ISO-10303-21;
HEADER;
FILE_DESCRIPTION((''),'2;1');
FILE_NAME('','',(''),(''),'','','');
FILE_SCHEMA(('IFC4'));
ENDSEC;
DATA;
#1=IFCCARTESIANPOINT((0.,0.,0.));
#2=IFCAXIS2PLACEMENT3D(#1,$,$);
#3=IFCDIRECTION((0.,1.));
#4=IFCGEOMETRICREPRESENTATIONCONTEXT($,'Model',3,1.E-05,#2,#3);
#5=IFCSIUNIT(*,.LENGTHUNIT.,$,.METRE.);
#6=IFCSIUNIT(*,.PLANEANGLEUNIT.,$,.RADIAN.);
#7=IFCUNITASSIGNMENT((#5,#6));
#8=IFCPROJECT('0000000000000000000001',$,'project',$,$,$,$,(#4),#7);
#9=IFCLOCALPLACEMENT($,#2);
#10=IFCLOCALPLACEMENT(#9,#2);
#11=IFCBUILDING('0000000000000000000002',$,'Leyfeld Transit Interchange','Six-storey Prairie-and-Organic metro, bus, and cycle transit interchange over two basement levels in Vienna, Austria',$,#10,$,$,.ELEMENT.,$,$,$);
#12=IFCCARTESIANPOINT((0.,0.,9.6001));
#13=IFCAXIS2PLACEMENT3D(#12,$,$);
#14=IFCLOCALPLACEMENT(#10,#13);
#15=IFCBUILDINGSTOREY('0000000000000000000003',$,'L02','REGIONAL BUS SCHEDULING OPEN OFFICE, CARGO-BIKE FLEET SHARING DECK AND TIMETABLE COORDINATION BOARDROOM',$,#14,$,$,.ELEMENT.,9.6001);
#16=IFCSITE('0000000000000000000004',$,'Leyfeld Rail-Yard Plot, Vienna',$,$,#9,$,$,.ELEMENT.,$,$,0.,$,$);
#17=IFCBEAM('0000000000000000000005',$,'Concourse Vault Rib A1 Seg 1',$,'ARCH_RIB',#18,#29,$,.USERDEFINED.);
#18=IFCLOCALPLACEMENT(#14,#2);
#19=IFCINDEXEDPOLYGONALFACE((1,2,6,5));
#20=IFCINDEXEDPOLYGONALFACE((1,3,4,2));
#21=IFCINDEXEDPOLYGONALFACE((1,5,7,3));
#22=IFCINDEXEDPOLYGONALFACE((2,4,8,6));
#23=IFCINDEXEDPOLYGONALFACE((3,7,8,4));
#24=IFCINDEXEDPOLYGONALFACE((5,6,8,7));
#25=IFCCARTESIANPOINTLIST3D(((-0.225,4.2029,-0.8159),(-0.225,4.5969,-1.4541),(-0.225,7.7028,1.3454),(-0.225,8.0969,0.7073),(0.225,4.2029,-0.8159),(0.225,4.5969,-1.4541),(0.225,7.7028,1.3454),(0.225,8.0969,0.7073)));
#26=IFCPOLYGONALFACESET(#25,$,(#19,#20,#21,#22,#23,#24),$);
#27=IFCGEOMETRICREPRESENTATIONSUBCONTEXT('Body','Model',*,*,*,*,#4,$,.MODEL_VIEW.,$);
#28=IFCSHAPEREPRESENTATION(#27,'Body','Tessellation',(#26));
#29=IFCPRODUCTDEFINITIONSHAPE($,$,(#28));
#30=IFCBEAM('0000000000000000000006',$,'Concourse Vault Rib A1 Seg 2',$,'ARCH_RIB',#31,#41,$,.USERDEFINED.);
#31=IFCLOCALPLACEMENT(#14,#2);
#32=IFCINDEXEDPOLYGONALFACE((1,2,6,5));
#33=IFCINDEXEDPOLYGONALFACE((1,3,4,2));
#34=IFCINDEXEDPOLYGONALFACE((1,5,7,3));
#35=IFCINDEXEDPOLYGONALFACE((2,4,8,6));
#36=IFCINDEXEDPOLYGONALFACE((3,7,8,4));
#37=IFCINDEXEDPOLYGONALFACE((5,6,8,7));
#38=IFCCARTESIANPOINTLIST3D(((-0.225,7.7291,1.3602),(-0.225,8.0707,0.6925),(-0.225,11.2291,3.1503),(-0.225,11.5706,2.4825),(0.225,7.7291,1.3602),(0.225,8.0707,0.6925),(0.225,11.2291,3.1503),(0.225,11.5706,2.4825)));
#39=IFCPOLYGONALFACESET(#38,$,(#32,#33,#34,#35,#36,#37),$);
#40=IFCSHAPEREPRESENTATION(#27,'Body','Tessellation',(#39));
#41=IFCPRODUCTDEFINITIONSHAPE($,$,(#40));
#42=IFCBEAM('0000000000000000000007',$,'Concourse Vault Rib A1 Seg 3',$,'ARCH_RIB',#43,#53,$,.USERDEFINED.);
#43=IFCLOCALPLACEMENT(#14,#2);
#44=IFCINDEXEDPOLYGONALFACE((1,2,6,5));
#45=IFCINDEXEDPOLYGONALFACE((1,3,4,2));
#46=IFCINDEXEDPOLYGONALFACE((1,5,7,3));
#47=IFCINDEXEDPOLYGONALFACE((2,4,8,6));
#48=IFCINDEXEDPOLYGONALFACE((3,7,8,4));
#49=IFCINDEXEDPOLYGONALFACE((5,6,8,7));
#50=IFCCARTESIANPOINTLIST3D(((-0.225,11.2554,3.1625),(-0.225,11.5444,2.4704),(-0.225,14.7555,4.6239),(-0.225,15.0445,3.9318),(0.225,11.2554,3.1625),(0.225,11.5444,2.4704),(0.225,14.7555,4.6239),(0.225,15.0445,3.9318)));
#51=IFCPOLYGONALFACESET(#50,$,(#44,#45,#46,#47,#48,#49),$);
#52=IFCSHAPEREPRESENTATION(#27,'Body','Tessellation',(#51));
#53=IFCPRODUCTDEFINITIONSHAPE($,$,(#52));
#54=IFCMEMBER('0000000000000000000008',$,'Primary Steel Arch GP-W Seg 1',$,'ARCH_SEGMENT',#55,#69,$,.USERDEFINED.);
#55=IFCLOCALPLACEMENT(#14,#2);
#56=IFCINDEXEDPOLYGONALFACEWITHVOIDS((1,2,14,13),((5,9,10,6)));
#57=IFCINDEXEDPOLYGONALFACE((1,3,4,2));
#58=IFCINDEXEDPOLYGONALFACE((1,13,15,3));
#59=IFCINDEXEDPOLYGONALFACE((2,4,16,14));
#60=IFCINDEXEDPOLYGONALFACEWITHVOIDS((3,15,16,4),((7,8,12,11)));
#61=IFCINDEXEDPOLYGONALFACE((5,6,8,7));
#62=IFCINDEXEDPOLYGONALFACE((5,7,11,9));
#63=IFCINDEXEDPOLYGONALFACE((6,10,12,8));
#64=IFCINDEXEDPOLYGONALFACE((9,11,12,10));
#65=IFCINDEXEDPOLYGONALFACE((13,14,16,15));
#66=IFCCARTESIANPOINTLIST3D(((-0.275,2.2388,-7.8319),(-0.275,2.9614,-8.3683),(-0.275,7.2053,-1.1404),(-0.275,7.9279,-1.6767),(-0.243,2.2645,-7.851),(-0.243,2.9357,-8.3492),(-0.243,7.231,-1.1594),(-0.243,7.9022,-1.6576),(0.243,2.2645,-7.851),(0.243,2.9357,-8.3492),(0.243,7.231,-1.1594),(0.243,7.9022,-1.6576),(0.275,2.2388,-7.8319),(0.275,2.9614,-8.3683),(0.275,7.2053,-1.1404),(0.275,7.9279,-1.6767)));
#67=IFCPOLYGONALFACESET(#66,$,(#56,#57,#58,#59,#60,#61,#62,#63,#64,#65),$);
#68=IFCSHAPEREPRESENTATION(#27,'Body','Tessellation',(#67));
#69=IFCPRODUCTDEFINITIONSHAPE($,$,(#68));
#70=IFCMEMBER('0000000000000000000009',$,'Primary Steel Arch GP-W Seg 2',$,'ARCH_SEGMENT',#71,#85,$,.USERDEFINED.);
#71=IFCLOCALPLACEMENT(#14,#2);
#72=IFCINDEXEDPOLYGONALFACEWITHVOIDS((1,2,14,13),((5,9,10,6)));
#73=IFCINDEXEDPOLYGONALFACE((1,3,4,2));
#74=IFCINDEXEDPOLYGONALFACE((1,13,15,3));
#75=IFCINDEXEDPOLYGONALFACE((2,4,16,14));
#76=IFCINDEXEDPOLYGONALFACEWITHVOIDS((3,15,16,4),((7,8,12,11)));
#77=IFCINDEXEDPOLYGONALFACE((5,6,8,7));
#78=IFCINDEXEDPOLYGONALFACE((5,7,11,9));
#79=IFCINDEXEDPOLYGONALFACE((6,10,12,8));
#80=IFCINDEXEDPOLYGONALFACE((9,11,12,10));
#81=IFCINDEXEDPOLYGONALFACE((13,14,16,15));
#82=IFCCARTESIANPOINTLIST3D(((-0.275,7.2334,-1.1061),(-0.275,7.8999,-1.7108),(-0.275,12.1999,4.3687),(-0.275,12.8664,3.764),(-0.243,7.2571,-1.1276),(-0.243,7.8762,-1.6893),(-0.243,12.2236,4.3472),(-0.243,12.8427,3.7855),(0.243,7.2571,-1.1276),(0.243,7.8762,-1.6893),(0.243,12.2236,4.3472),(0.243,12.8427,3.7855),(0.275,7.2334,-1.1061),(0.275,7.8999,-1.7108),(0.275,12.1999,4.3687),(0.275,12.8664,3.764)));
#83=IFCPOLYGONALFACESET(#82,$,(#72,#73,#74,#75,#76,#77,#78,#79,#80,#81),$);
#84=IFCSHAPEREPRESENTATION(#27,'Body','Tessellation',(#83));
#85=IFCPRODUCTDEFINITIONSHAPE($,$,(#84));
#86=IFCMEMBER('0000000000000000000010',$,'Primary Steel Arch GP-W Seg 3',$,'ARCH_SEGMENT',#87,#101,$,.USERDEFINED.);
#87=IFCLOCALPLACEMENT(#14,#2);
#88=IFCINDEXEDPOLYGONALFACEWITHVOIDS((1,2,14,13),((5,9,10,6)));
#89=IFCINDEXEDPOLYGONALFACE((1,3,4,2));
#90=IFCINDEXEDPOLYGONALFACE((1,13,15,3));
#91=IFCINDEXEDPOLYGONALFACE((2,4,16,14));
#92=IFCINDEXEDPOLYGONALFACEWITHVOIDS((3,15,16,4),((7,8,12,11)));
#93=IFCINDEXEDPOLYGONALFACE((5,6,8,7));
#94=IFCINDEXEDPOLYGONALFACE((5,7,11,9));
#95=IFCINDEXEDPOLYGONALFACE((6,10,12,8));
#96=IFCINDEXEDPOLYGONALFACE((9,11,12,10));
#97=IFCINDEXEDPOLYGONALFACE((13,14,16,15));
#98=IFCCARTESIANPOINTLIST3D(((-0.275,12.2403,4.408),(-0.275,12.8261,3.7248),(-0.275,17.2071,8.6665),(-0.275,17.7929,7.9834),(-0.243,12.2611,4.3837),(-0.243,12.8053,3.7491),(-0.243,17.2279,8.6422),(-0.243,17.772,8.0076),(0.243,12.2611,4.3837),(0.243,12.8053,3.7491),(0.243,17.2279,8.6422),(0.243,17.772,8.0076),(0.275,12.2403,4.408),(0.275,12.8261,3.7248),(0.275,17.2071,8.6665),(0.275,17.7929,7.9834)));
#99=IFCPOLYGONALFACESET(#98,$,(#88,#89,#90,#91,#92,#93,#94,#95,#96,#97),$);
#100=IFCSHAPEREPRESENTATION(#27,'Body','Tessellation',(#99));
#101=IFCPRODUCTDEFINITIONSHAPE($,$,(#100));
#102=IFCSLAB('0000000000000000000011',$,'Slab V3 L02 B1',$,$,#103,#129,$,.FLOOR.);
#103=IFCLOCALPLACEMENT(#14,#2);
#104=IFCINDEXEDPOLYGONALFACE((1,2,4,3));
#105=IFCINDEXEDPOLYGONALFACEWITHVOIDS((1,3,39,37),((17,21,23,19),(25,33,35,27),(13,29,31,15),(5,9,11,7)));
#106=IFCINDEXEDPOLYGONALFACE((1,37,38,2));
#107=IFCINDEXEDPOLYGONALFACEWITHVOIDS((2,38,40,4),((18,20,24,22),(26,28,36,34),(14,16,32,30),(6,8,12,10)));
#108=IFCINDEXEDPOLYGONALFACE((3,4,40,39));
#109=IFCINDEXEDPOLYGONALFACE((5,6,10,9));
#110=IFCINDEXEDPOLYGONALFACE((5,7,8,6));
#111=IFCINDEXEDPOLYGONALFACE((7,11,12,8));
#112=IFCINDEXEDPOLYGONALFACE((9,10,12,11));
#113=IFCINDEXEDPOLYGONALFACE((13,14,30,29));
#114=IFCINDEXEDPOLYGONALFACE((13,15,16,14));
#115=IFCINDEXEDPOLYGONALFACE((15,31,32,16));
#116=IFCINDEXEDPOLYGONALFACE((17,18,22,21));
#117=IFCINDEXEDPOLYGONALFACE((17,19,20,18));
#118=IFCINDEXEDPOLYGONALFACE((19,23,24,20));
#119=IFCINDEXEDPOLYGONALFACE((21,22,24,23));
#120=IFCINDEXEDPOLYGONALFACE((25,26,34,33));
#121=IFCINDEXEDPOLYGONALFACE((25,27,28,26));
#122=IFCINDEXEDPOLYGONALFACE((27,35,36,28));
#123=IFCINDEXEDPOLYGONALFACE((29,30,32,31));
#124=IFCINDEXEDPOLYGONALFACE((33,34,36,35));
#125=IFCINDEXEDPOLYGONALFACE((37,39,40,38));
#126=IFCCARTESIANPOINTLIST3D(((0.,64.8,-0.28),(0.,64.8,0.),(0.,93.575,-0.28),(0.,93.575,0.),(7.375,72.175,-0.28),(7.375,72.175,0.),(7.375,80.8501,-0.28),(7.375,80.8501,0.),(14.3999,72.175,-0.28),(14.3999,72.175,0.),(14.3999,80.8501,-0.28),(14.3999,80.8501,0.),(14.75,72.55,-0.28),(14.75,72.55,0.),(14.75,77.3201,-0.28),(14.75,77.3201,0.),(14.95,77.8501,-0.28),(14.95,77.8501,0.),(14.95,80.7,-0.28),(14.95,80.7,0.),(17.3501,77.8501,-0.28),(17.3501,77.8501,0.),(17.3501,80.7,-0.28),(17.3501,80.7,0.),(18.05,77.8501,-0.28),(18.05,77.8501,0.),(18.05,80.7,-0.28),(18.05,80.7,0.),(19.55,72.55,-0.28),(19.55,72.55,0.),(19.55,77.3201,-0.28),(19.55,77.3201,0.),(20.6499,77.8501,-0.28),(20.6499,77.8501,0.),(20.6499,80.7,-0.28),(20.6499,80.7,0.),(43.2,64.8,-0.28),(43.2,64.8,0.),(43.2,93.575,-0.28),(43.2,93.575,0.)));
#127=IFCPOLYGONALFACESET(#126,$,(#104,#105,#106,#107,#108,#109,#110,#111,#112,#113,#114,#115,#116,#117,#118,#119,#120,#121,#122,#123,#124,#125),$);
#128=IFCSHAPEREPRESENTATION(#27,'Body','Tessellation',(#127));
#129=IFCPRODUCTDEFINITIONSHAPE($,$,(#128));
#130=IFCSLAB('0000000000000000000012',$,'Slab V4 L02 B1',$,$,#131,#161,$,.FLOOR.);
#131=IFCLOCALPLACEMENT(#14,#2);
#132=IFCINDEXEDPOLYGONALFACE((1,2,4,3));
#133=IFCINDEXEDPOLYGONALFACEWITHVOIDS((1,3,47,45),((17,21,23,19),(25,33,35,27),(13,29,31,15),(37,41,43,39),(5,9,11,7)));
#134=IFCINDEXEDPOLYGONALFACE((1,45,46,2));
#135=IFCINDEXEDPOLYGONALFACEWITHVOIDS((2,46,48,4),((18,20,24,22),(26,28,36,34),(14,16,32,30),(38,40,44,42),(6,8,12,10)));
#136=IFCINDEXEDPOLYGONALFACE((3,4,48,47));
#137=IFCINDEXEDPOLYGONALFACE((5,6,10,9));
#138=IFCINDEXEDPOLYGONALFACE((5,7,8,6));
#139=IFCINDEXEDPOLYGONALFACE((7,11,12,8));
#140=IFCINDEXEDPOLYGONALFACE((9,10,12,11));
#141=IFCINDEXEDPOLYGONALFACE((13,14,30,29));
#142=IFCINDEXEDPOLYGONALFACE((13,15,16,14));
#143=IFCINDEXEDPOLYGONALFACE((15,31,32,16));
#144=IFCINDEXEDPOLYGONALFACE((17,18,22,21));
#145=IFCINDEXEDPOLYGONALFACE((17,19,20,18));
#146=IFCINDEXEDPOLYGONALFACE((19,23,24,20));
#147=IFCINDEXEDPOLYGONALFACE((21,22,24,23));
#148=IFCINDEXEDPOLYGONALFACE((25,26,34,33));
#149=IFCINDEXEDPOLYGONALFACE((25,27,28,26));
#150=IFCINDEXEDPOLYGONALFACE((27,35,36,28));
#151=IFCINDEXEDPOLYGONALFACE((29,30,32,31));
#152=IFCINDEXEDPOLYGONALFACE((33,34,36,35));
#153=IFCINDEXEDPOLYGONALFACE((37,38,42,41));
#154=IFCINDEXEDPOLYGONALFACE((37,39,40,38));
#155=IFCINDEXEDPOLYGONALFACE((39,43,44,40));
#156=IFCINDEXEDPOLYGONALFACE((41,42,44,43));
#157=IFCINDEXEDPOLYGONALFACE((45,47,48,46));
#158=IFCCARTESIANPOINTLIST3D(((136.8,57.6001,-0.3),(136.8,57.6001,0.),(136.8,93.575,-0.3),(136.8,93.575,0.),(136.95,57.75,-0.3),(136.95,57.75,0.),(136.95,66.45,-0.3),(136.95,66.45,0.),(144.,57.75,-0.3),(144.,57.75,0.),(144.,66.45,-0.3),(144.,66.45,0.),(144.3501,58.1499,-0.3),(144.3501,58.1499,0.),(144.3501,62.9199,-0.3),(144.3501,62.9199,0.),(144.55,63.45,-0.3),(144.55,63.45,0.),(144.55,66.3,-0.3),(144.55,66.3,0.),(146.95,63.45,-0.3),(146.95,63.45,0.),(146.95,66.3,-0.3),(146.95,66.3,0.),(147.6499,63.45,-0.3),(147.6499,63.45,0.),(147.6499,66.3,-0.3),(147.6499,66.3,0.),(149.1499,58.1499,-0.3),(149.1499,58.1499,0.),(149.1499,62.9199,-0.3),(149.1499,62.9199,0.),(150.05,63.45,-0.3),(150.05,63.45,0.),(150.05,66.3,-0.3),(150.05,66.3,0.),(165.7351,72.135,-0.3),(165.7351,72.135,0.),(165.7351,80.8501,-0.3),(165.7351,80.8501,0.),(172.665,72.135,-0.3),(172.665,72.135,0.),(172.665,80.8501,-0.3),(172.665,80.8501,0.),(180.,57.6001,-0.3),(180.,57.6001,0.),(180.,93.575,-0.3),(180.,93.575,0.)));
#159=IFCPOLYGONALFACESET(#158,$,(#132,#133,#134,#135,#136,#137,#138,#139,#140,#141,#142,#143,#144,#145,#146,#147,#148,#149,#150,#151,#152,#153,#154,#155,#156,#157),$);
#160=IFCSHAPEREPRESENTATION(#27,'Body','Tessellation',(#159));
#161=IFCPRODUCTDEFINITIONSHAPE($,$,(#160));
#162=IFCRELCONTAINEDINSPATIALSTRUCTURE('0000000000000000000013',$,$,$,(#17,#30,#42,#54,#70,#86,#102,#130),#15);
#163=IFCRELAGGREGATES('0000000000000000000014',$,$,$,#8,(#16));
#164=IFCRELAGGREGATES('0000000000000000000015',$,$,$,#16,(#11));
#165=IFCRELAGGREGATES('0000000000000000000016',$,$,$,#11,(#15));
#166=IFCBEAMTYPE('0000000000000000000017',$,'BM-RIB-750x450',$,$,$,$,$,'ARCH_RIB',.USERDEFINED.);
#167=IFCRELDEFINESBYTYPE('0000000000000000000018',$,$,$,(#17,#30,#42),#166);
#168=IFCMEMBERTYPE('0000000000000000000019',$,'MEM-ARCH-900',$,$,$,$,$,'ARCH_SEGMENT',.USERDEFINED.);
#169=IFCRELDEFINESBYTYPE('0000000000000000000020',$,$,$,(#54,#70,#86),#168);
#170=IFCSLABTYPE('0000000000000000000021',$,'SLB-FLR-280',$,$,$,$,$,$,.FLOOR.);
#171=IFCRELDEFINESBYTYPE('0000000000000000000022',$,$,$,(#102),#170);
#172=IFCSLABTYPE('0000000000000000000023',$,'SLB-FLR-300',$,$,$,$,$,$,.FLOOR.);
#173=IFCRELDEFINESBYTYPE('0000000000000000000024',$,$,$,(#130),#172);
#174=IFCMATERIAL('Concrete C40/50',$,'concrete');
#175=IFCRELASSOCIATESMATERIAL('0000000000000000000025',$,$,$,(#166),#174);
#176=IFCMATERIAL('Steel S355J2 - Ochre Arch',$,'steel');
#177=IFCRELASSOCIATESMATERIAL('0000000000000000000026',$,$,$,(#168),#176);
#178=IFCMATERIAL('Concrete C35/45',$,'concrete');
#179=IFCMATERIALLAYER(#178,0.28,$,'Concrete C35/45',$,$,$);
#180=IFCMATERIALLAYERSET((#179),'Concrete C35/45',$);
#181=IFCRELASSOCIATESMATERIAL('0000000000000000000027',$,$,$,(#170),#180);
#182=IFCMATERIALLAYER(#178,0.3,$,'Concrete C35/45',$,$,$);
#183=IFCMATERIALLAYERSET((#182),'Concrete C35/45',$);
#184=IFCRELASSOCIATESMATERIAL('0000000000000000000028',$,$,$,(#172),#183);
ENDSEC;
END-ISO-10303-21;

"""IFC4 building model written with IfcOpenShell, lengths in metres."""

from ifc_helpers import new_model, si_unit, direction, frame, origin, origin_2d, place, context, subcontext, project, spatial, polyline, rectangle, hollow_rectangle, outline, extrude, material, layer, layer_set, material_profile, profile_set, type_object, element, save


model = new_model("IFC4")

# Units and contexts
model_context = context("Model", 3, precision=1e-05, world=origin(), true_north=direction((0.0, 1.0)))
body_context = subcontext(model_context, "Body", "Model", "MODEL_VIEW")
ifc_project = project(units=[si_unit("LENGTHUNIT", "METRE"), si_unit("PLANEANGLEUNIT", "RADIAN")], contexts=[model_context])

# Site, building, storey
site_placement = place(None, origin())
site = spatial("IfcSite", under=ifc_project, at=site_placement, Name="Leyfeld Rail-Yard Plot, Vienna", CompositionType="ELEMENT", RefElevation=0.0)
building_placement = place(site_placement, origin())
building = spatial("IfcBuilding", under=site, at=building_placement, Name="Leyfeld Transit Interchange", Description="Six-storey Prairie-and-Organic metro, bus, and cycle transit interchange over two basement levels in Vienna, Austria", CompositionType="ELEMENT")
storey_placement = place(building_placement, frame((0.0, 0.0, 9.6001)))
storey = spatial("IfcBuildingStorey", under=building, at=storey_placement, Name="L02", Description="REGIONAL BUS SCHEDULING OPEN OFFICE, CARGO-BIKE FLEET SHARING DECK AND TIMETABLE COORDINATION BOARDROOM", CompositionType="ELEMENT", Elevation=9.6001)

# Beams
ifc_material_1 = material(Name="Concrete C40/50", Category="concrete")
ifc_material_profile_1 = material_profile(ifc_material_1, rectangle(XDim=0.45, YDim=0.75, at=origin_2d()), Name="RC 750x450 RIB")
ifc_profile_set_1 = profile_set([ifc_material_profile_1], Name="Concrete C40/50")
beam_type = type_object("IfcBeamType", Name="BM-RIB-750x450", ElementType="ARCH_RIB", PredefinedType="USERDEFINED", material=ifc_profile_set_1)
beam_1_placement = place(storey_placement, frame((0.0, 4.3999, -1.135), z_axis=(0.0, 0.85084, 0.525425), x_axis=(-1.0, 0.0, 0.0)))
element("IfcBeam", 1, at=beam_1_placement, inside=storey, type_object=beam_type, Name="Concourse Vault Rib A1 Seg 1", ObjectType="ARCH_RIB", PredefinedType="USERDEFINED", context=body_context, shape_type="SweptSolid", body=[
    extrude(rectangle(XDim=0.45, YDim=0.75, at=origin_2d()), origin(), (0.0, 0.0, 1.0), 4.1135),
])
beam_2_placement = place(storey_placement, frame((0.0, 7.8999, 1.0264), z_axis=(0.0, 0.890316, 0.455343), x_axis=(-1.0, 0.0, 0.0)))
element("IfcBeam", 2, at=beam_2_placement, inside=storey, type_object=beam_type, Name="Concourse Vault Rib A1 Seg 2", ObjectType="ARCH_RIB", PredefinedType="USERDEFINED", context=body_context, shape_type="SweptSolid", body=[
    extrude(rectangle(XDim=0.45, YDim=0.75, at=origin_2d()), origin(), (0.0, 0.0, 1.0), 3.9312),
])
beam_3_placement = place(storey_placement, frame((0.0, 11.3999, 2.8164), z_axis=(0.0, 0.922787, 0.38531), x_axis=(-1.0, 0.0, 0.0)))
element("IfcBeam", 3, at=beam_3_placement, inside=storey, type_object=beam_type, Name="Concourse Vault Rib A1 Seg 3", ObjectType="ARCH_RIB", PredefinedType="USERDEFINED", context=body_context, shape_type="SweptSolid", body=[
    extrude(rectangle(XDim=0.45, YDim=0.75, at=origin_2d()), origin(), (0.0, 0.0, 1.0), 3.793),
])

# Members
ifc_material_2 = material(Name="Steel S355J2 - Ochre Arch", Category="steel")
ifc_material_profile_2 = material_profile(ifc_material_2, hollow_rectangle(XDim=0.55, YDim=0.8999, WallThickness=0.032, at=origin_2d()), Name="RHS 900x550x32")
ifc_profile_set_2 = profile_set([ifc_material_profile_2], Name="Steel S355J2 - Ochre Arch")
member_type = type_object("IfcMemberType", Name="MEM-ARCH-900", ElementType="ARCH_SEGMENT", PredefinedType="USERDEFINED", material=ifc_profile_set_2)
member_1_placement = place(storey_placement, frame((0.0, 2.6001, -8.1001), z_axis=(0.0, 0.595985, 0.802996), x_axis=(-1.0, 0.0, 0.0)))
element("IfcMember", 4, at=member_1_placement, inside=storey, type_object=member_type, Name="Primary Steel Arch GP-W Seg 1", ObjectType="ARCH_SEGMENT", PredefinedType="USERDEFINED", context=body_context, shape_type="SweptSolid", body=[
    extrude(hollow_rectangle(XDim=0.55, YDim=0.8999, WallThickness=0.032, at=origin_2d()), origin(), (0.0, 0.0, 1.0), 8.3333),
])
member_2_placement = place(storey_placement, frame((0.0, 7.5667, -1.4084), z_axis=(0.0, 0.671888, 0.740653), x_axis=(-1.0, 0.0, 0.0)))
element("IfcMember", 5, at=member_2_placement, inside=storey, type_object=member_type, Name="Primary Steel Arch GP-W Seg 2", ObjectType="ARCH_SEGMENT", PredefinedType="USERDEFINED", context=body_context, shape_type="SweptSolid", body=[
    extrude(hollow_rectangle(XDim=0.55, YDim=0.8999, WallThickness=0.032, at=origin_2d()), origin(), (0.0, 0.0, 1.0), 7.3918),
])
member_3_placement = place(storey_placement, frame((0.0, 12.5332, 4.0664), z_axis=(0.0, 0.759159, 0.650905), x_axis=(-1.0, 0.0, 0.0)))
element("IfcMember", 6, at=member_3_placement, inside=storey, type_object=member_type, Name="Primary Steel Arch GP-W Seg 3", ObjectType="ARCH_SEGMENT", PredefinedType="USERDEFINED", context=body_context, shape_type="SweptSolid", body=[
    extrude(hollow_rectangle(XDim=0.55, YDim=0.8999, WallThickness=0.032, at=origin_2d()), origin(), (0.0, 0.0, 1.0), 6.5425),
])

# Slabs
ifc_material_3 = material(Name="Concrete C35/45", Category="concrete")
ifc_layer_1 = layer(ifc_material_3, 0.28, Name="Concrete C35/45")
ifc_layer_set_1 = layer_set([ifc_layer_1], Name="Concrete C35/45")
slab_type_1 = type_object("IfcSlabType", Name="SLB-FLR-280", PredefinedType="FLOOR", material=ifc_layer_set_1)
slab_1_placement = place(storey_placement, frame((0.0, 0.0, -0.28)))
element("IfcSlab", 7, at=slab_1_placement, inside=storey, type_object=slab_type_1, Name="Slab V3 L02 B1", PredefinedType="FLOOR", context=body_context, shape_type="SweptSolid", body=[
    extrude(outline(polyline([(43.2, 93.575), (0.0, 93.575), (0.0, 64.8), (43.2, 64.8), (43.2, 93.575)]), holes=[polyline([(7.375, 72.175), (7.375, 80.8501), (14.3999, 80.8501), (14.3999, 72.175), (7.375, 72.175)]), polyline([(14.75, 77.3201), (19.55, 77.3201), (19.55, 72.55), (14.75, 72.55), (14.75, 77.3201)]), polyline([(17.3501, 80.7), (17.3501, 77.8501), (14.95, 77.8501), (14.95, 80.7), (17.3501, 80.7)]), polyline([(20.6499, 77.8501), (18.05, 77.8501), (18.05, 80.7), (20.6499, 80.7), (20.6499, 77.8501)])]), origin(), (0.0, 0.0, 1.0), 0.28),
])
ifc_layer_2 = layer(ifc_material_3, 0.3, Name="Concrete C35/45")
ifc_layer_set_2 = layer_set([ifc_layer_2], Name="Concrete C35/45")
slab_type_2 = type_object("IfcSlabType", Name="SLB-FLR-300", PredefinedType="FLOOR", material=ifc_layer_set_2)
slab_2_placement = place(storey_placement, frame((0.0, 0.0, -0.3)))
element("IfcSlab", 8, at=slab_2_placement, inside=storey, type_object=slab_type_2, Name="Slab V4 L02 B1", PredefinedType="FLOOR", context=body_context, shape_type="SweptSolid", body=[
    extrude(outline(polyline([(180.0, 57.6001), (180.0, 93.575), (136.8, 93.575), (136.8, 57.6001), (180.0, 57.6001)]), holes=[polyline([(144.0, 57.75), (136.95, 57.75), (136.95, 66.45), (144.0, 66.45), (144.0, 57.75)]), polyline([(144.3501, 58.1499), (144.3501, 62.9199), (149.1499, 62.9199), (149.1499, 58.1499), (144.3501, 58.1499)]), polyline([(144.55, 66.3), (146.95, 66.3), (146.95, 63.45), (144.55, 63.45), (144.55, 66.3)]), polyline([(150.05, 66.3), (150.05, 63.45), (147.6499, 63.45), (147.6499, 66.3), (150.05, 66.3)]), polyline([(172.665, 72.135), (165.7351, 72.135), (165.7351, 80.8501), (172.665, 80.8501), (172.665, 72.135)])]), origin(), (0.0, 0.0, 1.0), 0.3),
])

save(model, "model.ifc")
